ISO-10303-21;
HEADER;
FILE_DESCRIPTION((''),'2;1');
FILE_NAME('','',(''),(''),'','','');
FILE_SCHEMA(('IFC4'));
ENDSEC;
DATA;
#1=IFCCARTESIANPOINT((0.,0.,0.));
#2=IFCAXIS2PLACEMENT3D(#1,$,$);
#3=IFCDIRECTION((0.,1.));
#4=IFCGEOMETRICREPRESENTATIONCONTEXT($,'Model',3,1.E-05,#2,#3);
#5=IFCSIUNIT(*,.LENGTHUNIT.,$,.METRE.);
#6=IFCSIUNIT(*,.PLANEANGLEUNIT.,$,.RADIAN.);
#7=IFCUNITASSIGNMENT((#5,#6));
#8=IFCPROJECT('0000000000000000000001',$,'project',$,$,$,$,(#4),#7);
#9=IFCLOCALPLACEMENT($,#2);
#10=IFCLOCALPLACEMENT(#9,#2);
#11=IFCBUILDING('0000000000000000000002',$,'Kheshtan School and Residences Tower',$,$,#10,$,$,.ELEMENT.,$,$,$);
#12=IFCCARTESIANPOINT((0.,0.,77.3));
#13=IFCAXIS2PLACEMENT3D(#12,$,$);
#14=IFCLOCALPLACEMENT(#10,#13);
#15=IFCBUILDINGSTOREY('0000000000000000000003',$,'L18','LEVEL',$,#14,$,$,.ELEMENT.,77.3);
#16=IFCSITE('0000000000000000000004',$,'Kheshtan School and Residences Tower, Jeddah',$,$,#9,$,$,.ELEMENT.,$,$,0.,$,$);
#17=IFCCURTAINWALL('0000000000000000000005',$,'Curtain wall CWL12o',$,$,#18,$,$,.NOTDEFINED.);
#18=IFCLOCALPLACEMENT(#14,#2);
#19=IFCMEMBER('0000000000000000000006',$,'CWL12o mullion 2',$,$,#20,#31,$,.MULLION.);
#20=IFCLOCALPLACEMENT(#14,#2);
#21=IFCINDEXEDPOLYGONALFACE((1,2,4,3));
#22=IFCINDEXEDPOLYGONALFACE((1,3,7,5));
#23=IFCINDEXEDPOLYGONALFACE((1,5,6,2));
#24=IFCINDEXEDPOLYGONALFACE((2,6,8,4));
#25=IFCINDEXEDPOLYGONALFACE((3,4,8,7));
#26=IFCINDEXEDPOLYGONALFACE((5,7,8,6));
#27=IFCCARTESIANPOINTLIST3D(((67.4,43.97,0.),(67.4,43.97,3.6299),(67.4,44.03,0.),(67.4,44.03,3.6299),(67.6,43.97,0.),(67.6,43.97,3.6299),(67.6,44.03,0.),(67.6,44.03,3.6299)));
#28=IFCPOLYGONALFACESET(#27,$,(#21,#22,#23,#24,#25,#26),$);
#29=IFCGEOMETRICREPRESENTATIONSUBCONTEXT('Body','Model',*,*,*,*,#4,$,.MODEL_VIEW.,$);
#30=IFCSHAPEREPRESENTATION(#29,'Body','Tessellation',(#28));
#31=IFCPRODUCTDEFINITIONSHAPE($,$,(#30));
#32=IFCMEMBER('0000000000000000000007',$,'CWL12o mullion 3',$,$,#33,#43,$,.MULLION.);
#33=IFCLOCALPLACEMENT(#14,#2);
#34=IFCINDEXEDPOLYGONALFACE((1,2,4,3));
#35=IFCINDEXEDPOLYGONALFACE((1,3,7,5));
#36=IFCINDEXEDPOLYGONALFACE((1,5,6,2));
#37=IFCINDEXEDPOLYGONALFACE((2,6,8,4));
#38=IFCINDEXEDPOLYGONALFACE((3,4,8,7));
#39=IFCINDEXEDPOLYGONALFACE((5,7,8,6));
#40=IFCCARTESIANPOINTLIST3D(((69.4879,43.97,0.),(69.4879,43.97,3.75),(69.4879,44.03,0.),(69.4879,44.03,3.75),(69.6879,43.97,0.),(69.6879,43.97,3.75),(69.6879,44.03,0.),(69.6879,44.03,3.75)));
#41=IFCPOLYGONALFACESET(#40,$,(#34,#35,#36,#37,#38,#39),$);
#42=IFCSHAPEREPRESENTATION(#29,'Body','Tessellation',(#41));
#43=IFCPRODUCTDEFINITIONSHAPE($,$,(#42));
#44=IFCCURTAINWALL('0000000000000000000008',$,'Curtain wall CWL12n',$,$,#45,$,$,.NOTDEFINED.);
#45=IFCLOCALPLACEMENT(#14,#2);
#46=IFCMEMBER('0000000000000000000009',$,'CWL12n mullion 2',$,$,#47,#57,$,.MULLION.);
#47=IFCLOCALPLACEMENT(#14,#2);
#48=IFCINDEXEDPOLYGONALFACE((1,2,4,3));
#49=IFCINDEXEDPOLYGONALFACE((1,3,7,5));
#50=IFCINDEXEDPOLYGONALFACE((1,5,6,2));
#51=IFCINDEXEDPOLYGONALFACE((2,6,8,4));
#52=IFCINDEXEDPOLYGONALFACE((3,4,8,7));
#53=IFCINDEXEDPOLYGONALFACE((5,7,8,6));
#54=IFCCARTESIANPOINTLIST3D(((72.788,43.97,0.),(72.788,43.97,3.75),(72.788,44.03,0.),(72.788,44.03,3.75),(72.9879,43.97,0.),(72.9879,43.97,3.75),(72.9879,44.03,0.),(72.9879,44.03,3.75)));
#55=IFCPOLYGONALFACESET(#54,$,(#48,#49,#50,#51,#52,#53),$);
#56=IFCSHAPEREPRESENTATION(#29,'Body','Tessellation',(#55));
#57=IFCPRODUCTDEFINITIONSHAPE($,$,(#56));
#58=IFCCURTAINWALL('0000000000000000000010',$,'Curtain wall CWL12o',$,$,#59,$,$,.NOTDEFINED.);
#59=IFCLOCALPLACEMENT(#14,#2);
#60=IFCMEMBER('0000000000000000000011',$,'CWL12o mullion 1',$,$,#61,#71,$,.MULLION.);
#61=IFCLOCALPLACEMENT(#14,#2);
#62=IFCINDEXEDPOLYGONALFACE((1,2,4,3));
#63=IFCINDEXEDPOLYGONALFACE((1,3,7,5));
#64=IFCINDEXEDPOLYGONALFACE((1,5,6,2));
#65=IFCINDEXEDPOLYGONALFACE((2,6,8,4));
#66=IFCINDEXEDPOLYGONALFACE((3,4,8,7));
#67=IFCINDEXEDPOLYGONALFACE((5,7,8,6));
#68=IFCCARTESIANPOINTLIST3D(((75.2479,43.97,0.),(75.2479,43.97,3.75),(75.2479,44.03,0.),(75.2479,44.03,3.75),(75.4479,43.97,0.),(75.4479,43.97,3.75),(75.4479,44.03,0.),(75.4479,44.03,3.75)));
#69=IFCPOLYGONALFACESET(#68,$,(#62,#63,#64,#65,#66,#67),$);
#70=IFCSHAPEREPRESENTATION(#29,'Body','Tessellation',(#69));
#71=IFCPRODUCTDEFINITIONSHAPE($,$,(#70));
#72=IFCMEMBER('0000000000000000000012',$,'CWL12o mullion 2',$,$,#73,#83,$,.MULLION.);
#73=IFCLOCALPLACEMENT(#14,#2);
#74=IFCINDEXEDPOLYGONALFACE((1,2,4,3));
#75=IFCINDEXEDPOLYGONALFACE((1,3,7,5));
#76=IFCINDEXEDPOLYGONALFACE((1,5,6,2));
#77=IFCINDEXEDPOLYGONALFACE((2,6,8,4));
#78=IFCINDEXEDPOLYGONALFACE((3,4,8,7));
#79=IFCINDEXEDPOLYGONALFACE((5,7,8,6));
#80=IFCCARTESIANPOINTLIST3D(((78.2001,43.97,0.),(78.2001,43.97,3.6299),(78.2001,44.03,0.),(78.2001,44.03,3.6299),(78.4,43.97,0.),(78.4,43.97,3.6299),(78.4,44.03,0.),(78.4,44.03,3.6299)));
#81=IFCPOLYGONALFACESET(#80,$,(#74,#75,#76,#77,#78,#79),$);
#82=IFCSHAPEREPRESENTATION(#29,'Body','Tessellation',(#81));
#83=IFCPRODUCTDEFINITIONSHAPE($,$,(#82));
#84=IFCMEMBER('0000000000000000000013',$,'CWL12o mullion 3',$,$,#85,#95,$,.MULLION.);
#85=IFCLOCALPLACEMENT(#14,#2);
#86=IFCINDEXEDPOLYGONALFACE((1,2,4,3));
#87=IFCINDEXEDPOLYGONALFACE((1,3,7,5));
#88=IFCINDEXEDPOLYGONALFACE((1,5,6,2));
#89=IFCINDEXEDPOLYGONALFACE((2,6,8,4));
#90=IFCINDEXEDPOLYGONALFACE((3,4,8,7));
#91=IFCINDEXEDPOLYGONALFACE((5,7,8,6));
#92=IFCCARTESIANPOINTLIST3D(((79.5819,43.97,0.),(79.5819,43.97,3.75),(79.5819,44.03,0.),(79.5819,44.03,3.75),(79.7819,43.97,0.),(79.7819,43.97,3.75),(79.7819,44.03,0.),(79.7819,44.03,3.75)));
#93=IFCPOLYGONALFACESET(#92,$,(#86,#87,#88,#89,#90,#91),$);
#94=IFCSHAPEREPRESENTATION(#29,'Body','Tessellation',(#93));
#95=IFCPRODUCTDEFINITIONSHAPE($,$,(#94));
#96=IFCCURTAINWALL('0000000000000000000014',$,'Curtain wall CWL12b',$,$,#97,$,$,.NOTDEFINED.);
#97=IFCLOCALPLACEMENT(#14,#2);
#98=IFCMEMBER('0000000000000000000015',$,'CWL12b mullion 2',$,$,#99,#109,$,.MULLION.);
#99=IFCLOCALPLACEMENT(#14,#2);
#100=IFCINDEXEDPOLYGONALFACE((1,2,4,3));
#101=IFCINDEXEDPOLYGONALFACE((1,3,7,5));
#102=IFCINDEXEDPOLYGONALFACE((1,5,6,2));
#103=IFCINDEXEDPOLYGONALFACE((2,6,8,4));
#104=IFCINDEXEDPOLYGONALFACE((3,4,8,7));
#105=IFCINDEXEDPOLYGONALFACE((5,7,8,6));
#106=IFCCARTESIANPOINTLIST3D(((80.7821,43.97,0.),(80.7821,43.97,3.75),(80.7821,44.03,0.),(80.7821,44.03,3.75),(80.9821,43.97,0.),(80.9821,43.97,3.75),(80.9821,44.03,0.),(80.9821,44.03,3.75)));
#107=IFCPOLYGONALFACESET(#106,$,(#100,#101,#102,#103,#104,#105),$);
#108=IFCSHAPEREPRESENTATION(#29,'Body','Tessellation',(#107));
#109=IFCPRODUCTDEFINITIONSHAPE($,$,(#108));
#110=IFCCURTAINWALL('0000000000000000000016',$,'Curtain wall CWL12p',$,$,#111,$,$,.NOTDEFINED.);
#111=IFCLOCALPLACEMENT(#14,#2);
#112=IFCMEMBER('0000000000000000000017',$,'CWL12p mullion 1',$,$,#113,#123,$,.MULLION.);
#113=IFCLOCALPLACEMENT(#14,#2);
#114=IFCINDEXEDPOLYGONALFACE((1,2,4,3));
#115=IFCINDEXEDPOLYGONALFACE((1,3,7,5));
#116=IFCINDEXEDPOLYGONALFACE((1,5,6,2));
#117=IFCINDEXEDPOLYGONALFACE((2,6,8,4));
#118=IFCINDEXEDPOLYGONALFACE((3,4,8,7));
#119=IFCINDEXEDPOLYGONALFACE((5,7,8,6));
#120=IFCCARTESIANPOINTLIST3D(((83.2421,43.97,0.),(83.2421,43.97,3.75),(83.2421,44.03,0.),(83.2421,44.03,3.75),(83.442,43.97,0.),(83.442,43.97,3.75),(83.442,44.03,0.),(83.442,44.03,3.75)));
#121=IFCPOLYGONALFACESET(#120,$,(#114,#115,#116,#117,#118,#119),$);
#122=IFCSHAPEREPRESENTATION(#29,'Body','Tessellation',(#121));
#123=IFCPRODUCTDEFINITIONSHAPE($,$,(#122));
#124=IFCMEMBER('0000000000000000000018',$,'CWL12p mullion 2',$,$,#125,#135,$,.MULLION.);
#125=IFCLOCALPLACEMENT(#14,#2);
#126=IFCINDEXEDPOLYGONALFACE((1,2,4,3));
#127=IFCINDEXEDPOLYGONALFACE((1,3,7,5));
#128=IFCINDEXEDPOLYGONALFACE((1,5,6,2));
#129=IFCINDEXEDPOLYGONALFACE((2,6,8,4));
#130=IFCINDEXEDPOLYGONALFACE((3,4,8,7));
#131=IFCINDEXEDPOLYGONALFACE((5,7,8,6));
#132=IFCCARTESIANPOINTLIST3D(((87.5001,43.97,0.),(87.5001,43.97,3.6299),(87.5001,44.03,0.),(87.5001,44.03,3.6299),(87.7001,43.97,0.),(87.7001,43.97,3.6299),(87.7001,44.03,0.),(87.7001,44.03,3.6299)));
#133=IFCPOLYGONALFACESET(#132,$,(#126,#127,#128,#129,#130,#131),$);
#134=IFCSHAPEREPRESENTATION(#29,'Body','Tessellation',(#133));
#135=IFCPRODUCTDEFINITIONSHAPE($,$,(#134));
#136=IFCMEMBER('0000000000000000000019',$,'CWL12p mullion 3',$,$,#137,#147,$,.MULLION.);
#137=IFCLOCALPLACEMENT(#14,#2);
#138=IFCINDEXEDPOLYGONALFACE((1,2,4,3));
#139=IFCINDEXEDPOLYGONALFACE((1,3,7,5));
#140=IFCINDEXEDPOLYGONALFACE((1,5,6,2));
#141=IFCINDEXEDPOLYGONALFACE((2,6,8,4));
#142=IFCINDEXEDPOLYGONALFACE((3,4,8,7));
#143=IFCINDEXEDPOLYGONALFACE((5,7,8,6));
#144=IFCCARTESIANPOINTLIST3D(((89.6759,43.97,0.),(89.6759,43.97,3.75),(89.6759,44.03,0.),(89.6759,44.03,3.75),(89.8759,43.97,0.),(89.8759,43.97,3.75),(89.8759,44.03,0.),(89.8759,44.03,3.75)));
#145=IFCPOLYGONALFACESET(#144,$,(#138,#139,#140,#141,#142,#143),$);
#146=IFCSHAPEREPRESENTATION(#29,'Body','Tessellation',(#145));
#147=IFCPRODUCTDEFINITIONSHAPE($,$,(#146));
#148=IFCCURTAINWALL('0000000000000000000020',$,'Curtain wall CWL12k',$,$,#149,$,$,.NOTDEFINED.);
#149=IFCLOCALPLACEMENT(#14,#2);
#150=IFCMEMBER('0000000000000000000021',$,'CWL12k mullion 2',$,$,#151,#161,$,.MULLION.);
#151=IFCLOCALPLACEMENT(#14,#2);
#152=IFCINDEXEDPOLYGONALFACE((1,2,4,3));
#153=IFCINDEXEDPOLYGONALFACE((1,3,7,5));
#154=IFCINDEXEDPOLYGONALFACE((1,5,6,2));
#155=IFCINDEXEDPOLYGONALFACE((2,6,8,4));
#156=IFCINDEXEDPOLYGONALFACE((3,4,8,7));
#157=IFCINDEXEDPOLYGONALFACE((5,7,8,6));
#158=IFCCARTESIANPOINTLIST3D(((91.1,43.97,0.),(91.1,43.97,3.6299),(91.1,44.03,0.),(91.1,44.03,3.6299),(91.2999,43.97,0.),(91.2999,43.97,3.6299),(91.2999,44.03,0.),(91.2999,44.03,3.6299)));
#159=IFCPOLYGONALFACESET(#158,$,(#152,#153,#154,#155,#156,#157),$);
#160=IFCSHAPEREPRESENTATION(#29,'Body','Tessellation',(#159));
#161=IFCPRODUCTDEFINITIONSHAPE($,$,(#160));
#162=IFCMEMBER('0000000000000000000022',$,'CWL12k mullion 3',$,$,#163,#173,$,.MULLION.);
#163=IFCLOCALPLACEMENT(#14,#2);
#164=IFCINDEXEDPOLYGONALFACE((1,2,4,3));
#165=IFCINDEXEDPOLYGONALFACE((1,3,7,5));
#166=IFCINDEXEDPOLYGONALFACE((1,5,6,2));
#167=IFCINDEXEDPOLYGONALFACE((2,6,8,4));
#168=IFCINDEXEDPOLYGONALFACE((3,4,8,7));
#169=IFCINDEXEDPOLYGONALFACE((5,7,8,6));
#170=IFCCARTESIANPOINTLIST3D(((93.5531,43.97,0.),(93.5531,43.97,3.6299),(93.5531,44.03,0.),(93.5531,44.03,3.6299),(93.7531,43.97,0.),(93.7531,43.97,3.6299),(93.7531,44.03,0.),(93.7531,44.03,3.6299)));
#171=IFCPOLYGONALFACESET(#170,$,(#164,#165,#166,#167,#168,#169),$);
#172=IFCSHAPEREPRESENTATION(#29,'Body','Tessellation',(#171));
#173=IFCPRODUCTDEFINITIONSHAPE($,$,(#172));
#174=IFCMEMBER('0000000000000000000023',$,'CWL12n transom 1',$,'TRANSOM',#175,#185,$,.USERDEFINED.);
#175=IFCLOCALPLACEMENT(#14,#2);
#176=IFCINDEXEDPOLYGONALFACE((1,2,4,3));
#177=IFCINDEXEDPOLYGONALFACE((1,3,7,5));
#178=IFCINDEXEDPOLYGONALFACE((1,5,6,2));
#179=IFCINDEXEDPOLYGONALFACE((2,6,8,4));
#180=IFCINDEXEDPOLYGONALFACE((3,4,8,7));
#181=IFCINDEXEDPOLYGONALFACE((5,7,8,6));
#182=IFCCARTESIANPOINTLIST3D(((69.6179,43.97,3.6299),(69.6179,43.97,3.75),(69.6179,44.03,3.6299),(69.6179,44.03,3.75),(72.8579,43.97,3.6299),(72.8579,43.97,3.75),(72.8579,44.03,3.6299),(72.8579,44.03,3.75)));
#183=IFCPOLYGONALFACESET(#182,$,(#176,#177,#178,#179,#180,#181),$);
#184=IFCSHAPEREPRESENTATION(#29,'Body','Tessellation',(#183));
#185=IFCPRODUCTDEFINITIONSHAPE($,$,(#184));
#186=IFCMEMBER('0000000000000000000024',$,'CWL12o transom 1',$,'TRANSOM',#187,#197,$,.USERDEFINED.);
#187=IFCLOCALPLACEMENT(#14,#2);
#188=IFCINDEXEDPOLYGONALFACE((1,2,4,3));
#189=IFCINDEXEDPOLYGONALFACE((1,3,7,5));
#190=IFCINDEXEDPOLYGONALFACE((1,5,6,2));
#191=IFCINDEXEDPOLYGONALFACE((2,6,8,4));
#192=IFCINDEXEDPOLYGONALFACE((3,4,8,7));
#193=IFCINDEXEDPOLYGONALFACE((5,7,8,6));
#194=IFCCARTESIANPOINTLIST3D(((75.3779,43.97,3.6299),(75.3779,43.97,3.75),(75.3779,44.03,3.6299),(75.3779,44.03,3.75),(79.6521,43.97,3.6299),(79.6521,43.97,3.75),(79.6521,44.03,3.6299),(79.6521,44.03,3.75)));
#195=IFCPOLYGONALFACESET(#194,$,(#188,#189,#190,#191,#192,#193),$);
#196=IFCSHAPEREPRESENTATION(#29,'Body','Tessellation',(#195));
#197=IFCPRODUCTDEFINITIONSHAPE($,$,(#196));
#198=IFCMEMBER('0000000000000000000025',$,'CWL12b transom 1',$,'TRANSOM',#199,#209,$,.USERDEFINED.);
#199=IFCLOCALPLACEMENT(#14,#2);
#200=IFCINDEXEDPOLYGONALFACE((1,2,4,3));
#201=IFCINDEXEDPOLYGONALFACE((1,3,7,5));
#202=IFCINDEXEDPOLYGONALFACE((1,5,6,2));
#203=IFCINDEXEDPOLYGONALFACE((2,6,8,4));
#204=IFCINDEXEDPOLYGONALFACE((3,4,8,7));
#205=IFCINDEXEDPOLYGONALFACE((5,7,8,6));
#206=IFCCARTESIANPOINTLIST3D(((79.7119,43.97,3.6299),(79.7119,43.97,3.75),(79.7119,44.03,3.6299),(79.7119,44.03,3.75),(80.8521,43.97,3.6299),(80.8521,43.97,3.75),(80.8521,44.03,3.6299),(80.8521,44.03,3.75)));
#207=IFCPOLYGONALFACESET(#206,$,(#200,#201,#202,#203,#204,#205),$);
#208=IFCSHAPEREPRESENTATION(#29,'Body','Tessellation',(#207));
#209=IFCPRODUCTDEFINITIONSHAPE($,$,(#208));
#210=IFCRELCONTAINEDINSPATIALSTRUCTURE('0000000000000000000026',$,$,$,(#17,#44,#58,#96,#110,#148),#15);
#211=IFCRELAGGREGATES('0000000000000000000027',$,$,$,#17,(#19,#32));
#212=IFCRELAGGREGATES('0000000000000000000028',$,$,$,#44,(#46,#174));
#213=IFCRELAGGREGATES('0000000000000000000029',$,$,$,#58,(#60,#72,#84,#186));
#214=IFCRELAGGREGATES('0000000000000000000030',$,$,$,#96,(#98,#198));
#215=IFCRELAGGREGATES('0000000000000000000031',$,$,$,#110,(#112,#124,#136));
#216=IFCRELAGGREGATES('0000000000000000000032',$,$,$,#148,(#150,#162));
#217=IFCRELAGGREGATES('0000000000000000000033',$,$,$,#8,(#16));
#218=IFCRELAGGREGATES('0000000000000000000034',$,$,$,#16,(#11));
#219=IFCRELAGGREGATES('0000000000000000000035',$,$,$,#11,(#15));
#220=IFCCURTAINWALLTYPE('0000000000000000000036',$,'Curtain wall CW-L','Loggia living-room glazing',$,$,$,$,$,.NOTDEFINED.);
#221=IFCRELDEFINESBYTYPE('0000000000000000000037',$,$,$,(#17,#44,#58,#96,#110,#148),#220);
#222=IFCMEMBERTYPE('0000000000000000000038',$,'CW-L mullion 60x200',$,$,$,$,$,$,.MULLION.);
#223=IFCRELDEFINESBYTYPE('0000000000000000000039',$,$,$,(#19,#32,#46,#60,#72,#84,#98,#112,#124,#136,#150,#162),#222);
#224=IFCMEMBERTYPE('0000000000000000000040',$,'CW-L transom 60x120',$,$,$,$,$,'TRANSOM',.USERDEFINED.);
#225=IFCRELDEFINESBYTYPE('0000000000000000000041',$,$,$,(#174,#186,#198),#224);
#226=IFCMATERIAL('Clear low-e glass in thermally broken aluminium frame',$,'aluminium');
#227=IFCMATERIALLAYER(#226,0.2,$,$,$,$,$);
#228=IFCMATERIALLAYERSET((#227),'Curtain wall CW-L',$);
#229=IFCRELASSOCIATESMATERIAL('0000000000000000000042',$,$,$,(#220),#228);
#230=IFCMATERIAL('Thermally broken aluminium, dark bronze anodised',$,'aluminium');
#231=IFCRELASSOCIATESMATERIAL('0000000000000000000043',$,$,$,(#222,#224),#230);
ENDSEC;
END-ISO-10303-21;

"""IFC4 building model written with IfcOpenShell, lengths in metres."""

from ifc_helpers import new_model, si_unit, direction, frame, origin, origin_2d, place, context, subcontext, project, spatial, rectangle, extrude, material, layer, layer_set, material_profile, profile_set, type_object, element, aggregate, save


model = new_model("IFC4")

# Units and contexts
model_context = context("Model", 3, precision=1e-05, world=origin(), true_north=direction((0.0, 1.0)))
body_context = subcontext(model_context, "Body", "Model", "MODEL_VIEW")
ifc_project = project(units=[si_unit("LENGTHUNIT", "METRE"), si_unit("PLANEANGLEUNIT", "RADIAN")], contexts=[model_context])

# Site, building, storey
site_placement = place(None, origin())
site = spatial("IfcSite", under=ifc_project, at=site_placement, Name="Kheshtan School and Residences Tower, Jeddah", CompositionType="ELEMENT", RefElevation=0.0)
building_placement = place(site_placement, origin())
building = spatial("IfcBuilding", under=site, at=building_placement, Name="Kheshtan School and Residences Tower", CompositionType="ELEMENT")
storey_placement = place(building_placement, frame((0.0, 0.0, 77.3)))
storey = spatial("IfcBuildingStorey", under=building, at=storey_placement, Name="L18", Description="LEVEL", CompositionType="ELEMENT", Elevation=77.3)

# Curtain wall, members
ifc_material_1 = material(Name="Clear low-e glass in thermally broken aluminium frame", Category="aluminium")
ifc_layer_1 = layer(ifc_material_1, 0.2)
ifc_layer_set_1 = layer_set([ifc_layer_1], Name="Curtain wall CW-L")
curtain_wall_type = type_object("IfcCurtainWallType", Name="Curtain wall CW-L", Description="Loggia living-room glazing", PredefinedType="NOTDEFINED", material=ifc_layer_set_1)
curtain_wall_1_placement = place(storey_placement, origin())
curtain_wall_1 = element("IfcCurtainWall", 1, at=curtain_wall_1_placement, inside=storey, type_object=curtain_wall_type, Name="Curtain wall CWL12o", PredefinedType="NOTDEFINED")
ifc_material_2 = material(Name="Thermally broken aluminium, dark bronze anodised", Category="aluminium")
ifc_material_profile_1 = material_profile(ifc_material_2, rectangle(XDim=0.0601, YDim=0.2, at=origin_2d()), Name="CW-L mullion 60x200")
ifc_profile_set_1 = profile_set([ifc_material_profile_1], Name="Thermally broken aluminium, dark bronze anodised")
member_type_1 = type_object("IfcMemberType", Name="CW-L mullion 60x200", PredefinedType="MULLION", material=ifc_profile_set_1)
member_1_placement = place(storey_placement, frame((67.5, 44.0, 0.0), z_axis=(0.0, 0.0, 1.0), x_axis=(0.0, 1.0, 0.0)))
member_1 = element("IfcMember", 2, at=member_1_placement, type_object=member_type_1, Name="CWL12o mullion 2", PredefinedType="MULLION", context=body_context, shape_type="SweptSolid", body=[
    extrude(rectangle(XDim=0.0601, YDim=0.2, at=origin_2d()), origin(), (0.0, 0.0, 1.0), 3.6299),
])
member_2_placement = place(storey_placement, frame((69.5879, 44.0, 0.0), z_axis=(0.0, 0.0, 1.0), x_axis=(0.0, 1.0, 0.0)))
member_2 = element("IfcMember", 3, at=member_2_placement, type_object=member_type_1, Name="CWL12o mullion 3", PredefinedType="MULLION", context=body_context, shape_type="SweptSolid", body=[
    extrude(rectangle(XDim=0.0601, YDim=0.2, at=origin_2d()), origin(), (0.0, 0.0, 1.0), 3.75),
])

# Curtain wall, member
curtain_wall_2_placement = place(storey_placement, origin())
curtain_wall_2 = element("IfcCurtainWall", 4, at=curtain_wall_2_placement, inside=storey, type_object=curtain_wall_type, Name="Curtain wall CWL12n", PredefinedType="NOTDEFINED")
member_3_placement = place(storey_placement, frame((72.8879, 44.0, 0.0), z_axis=(0.0, 0.0, 1.0), x_axis=(0.0, 1.0, 0.0)))
member_3 = element("IfcMember", 5, at=member_3_placement, type_object=member_type_1, Name="CWL12n mullion 2", PredefinedType="MULLION", context=body_context, shape_type="SweptSolid", body=[
    extrude(rectangle(XDim=0.0601, YDim=0.2, at=origin_2d()), origin(), (0.0, 0.0, 1.0), 3.75),
])

# Curtain wall, members
curtain_wall_3_placement = place(storey_placement, origin())
curtain_wall_3 = element("IfcCurtainWall", 6, at=curtain_wall_3_placement, inside=storey, type_object=curtain_wall_type, Name="Curtain wall CWL12o", PredefinedType="NOTDEFINED")
member_4_placement = place(storey_placement, frame((75.3479, 44.0, 0.0), z_axis=(0.0, 0.0, 1.0), x_axis=(0.0, 1.0, 0.0)))
member_4 = element("IfcMember", 7, at=member_4_placement, type_object=member_type_1, Name="CWL12o mullion 1", PredefinedType="MULLION", context=body_context, shape_type="SweptSolid", body=[
    extrude(rectangle(XDim=0.0601, YDim=0.2, at=origin_2d()), origin(), (0.0, 0.0, 1.0), 3.75),
])
member_5_placement = place(storey_placement, frame((78.3, 44.0, 0.0), z_axis=(0.0, 0.0, 1.0), x_axis=(0.0, 1.0, 0.0)))
member_5 = element("IfcMember", 8, at=member_5_placement, type_object=member_type_1, Name="CWL12o mullion 2", PredefinedType="MULLION", context=body_context, shape_type="SweptSolid", body=[
    extrude(rectangle(XDim=0.0601, YDim=0.2, at=origin_2d()), origin(), (0.0, 0.0, 1.0), 3.6299),
])
member_6_placement = place(storey_placement, frame((79.6819, 44.0, 0.0), z_axis=(0.0, 0.0, 1.0), x_axis=(0.0, 1.0, 0.0)))
member_6 = element("IfcMember", 9, at=member_6_placement, type_object=member_type_1, Name="CWL12o mullion 3", PredefinedType="MULLION", context=body_context, shape_type="SweptSolid", body=[
    extrude(rectangle(XDim=0.0601, YDim=0.2, at=origin_2d()), origin(), (0.0, 0.0, 1.0), 3.75),
])

# Curtain wall, member
curtain_wall_4_placement = place(storey_placement, origin())
curtain_wall_4 = element("IfcCurtainWall", 10, at=curtain_wall_4_placement, inside=storey, type_object=curtain_wall_type, Name="Curtain wall CWL12b", PredefinedType="NOTDEFINED")
member_7_placement = place(storey_placement, frame((80.8821, 44.0, 0.0), z_axis=(0.0, 0.0, 1.0), x_axis=(0.0, 1.0, 0.0)))
member_7 = element("IfcMember", 11, at=member_7_placement, type_object=member_type_1, Name="CWL12b mullion 2", PredefinedType="MULLION", context=body_context, shape_type="SweptSolid", body=[
    extrude(rectangle(XDim=0.0601, YDim=0.2, at=origin_2d()), origin(), (0.0, 0.0, 1.0), 3.75),
])

# Curtain walls, members
curtain_wall_5_placement = place(storey_placement, origin())
curtain_wall_5 = element("IfcCurtainWall", 12, at=curtain_wall_5_placement, inside=storey, type_object=curtain_wall_type, Name="Curtain wall CWL12p", PredefinedType="NOTDEFINED")
member_8_placement = place(storey_placement, frame((83.342, 44.0, 0.0), z_axis=(0.0, 0.0, 1.0), x_axis=(0.0, 1.0, 0.0)))
member_8 = element("IfcMember", 13, at=member_8_placement, type_object=member_type_1, Name="CWL12p mullion 1", PredefinedType="MULLION", context=body_context, shape_type="SweptSolid", body=[
    extrude(rectangle(XDim=0.0601, YDim=0.2, at=origin_2d()), origin(), (0.0, 0.0, 1.0), 3.75),
])
member_9_placement = place(storey_placement, frame((87.6001, 44.0, 0.0), z_axis=(0.0, 0.0, 1.0), x_axis=(0.0, 1.0, 0.0)))
member_9 = element("IfcMember", 14, at=member_9_placement, type_object=member_type_1, Name="CWL12p mullion 2", PredefinedType="MULLION", context=body_context, shape_type="SweptSolid", body=[
    extrude(rectangle(XDim=0.0601, YDim=0.2, at=origin_2d()), origin(), (0.0, 0.0, 1.0), 3.6299),
])
member_10_placement = place(storey_placement, frame((89.7759, 44.0, 0.0), z_axis=(0.0, 0.0, 1.0), x_axis=(0.0, 1.0, 0.0)))
member_10 = element("IfcMember", 15, at=member_10_placement, type_object=member_type_1, Name="CWL12p mullion 3", PredefinedType="MULLION", context=body_context, shape_type="SweptSolid", body=[
    extrude(rectangle(XDim=0.0601, YDim=0.2, at=origin_2d()), origin(), (0.0, 0.0, 1.0), 3.75),
])
curtain_wall_6_placement = place(storey_placement, origin())
curtain_wall_6 = element("IfcCurtainWall", 16, at=curtain_wall_6_placement, inside=storey, type_object=curtain_wall_type, Name="Curtain wall CWL12k", PredefinedType="NOTDEFINED")
member_11_placement = place(storey_placement, frame((91.2, 44.0, 0.0), z_axis=(0.0, 0.0, 1.0), x_axis=(0.0, 1.0, 0.0)))
member_11 = element("IfcMember", 17, at=member_11_placement, type_object=member_type_1, Name="CWL12k mullion 2", PredefinedType="MULLION", context=body_context, shape_type="SweptSolid", body=[
    extrude(rectangle(XDim=0.0601, YDim=0.2, at=origin_2d()), origin(), (0.0, 0.0, 1.0), 3.6299),
])
member_12_placement = place(storey_placement, frame((93.6531, 44.0, 0.0), z_axis=(0.0, 0.0, 1.0), x_axis=(0.0, 1.0, 0.0)))
member_12 = element("IfcMember", 18, at=member_12_placement, type_object=member_type_1, Name="CWL12k mullion 3", PredefinedType="MULLION", context=body_context, shape_type="SweptSolid", body=[
    extrude(rectangle(XDim=0.0601, YDim=0.2, at=origin_2d()), origin(), (0.0, 0.0, 1.0), 3.6299),
])

# Members
ifc_material_profile_2 = material_profile(ifc_material_2, rectangle(XDim=0.0601, YDim=0.1201, at=origin_2d()), Name="CW-L transom 60x120")
ifc_profile_set_2 = profile_set([ifc_material_profile_2], Name="Thermally broken aluminium, dark bronze anodised")
member_type_2 = type_object("IfcMemberType", Name="CW-L transom 60x120", ElementType="TRANSOM", PredefinedType="USERDEFINED", material=ifc_profile_set_2)
member_13_placement = place(storey_placement, frame((69.6179, 44.0, 3.6899), z_axis=(1.0, 0.0, 0.0), x_axis=(0.0, 1.0, 0.0)))
member_13 = element("IfcMember", 19, at=member_13_placement, type_object=member_type_2, Name="CWL12n transom 1", ObjectType="TRANSOM", PredefinedType="USERDEFINED", context=body_context, shape_type="SweptSolid", body=[
    extrude(rectangle(XDim=0.0601, YDim=0.1201, at=origin_2d()), origin(), (0.0, 0.0, 1.0), 3.24),
])
member_14_placement = place(storey_placement, frame((75.3779, 44.0, 3.6899), z_axis=(1.0, 0.0, 0.0), x_axis=(0.0, 1.0, 0.0)))
member_14 = element("IfcMember", 20, at=member_14_placement, type_object=member_type_2, Name="CWL12o transom 1", ObjectType="TRANSOM", PredefinedType="USERDEFINED", context=body_context, shape_type="SweptSolid", body=[
    extrude(rectangle(XDim=0.0601, YDim=0.1201, at=origin_2d()), origin(), (0.0, 0.0, 1.0), 4.2742),
])
member_15_placement = place(storey_placement, frame((79.7119, 44.0, 3.6899), z_axis=(1.0, 0.0, 0.0), x_axis=(0.0, 1.0, 0.0)))
member_15 = element("IfcMember", 21, at=member_15_placement, type_object=member_type_2, Name="CWL12b transom 1", ObjectType="TRANSOM", PredefinedType="USERDEFINED", context=body_context, shape_type="SweptSolid", body=[
    extrude(rectangle(XDim=0.0601, YDim=0.1201, at=origin_2d()), origin(), (0.0, 0.0, 1.0), 1.1401),
])

aggregate(curtain_wall_1, [member_1, member_2])
aggregate(curtain_wall_2, [member_3, member_13])
aggregate(curtain_wall_3, [member_4, member_5, member_6, member_14])
aggregate(curtain_wall_4, [member_7, member_15])
aggregate(curtain_wall_5, [member_8, member_9, member_10])
aggregate(curtain_wall_6, [member_11, member_12])

save(model, "model.ifc")
